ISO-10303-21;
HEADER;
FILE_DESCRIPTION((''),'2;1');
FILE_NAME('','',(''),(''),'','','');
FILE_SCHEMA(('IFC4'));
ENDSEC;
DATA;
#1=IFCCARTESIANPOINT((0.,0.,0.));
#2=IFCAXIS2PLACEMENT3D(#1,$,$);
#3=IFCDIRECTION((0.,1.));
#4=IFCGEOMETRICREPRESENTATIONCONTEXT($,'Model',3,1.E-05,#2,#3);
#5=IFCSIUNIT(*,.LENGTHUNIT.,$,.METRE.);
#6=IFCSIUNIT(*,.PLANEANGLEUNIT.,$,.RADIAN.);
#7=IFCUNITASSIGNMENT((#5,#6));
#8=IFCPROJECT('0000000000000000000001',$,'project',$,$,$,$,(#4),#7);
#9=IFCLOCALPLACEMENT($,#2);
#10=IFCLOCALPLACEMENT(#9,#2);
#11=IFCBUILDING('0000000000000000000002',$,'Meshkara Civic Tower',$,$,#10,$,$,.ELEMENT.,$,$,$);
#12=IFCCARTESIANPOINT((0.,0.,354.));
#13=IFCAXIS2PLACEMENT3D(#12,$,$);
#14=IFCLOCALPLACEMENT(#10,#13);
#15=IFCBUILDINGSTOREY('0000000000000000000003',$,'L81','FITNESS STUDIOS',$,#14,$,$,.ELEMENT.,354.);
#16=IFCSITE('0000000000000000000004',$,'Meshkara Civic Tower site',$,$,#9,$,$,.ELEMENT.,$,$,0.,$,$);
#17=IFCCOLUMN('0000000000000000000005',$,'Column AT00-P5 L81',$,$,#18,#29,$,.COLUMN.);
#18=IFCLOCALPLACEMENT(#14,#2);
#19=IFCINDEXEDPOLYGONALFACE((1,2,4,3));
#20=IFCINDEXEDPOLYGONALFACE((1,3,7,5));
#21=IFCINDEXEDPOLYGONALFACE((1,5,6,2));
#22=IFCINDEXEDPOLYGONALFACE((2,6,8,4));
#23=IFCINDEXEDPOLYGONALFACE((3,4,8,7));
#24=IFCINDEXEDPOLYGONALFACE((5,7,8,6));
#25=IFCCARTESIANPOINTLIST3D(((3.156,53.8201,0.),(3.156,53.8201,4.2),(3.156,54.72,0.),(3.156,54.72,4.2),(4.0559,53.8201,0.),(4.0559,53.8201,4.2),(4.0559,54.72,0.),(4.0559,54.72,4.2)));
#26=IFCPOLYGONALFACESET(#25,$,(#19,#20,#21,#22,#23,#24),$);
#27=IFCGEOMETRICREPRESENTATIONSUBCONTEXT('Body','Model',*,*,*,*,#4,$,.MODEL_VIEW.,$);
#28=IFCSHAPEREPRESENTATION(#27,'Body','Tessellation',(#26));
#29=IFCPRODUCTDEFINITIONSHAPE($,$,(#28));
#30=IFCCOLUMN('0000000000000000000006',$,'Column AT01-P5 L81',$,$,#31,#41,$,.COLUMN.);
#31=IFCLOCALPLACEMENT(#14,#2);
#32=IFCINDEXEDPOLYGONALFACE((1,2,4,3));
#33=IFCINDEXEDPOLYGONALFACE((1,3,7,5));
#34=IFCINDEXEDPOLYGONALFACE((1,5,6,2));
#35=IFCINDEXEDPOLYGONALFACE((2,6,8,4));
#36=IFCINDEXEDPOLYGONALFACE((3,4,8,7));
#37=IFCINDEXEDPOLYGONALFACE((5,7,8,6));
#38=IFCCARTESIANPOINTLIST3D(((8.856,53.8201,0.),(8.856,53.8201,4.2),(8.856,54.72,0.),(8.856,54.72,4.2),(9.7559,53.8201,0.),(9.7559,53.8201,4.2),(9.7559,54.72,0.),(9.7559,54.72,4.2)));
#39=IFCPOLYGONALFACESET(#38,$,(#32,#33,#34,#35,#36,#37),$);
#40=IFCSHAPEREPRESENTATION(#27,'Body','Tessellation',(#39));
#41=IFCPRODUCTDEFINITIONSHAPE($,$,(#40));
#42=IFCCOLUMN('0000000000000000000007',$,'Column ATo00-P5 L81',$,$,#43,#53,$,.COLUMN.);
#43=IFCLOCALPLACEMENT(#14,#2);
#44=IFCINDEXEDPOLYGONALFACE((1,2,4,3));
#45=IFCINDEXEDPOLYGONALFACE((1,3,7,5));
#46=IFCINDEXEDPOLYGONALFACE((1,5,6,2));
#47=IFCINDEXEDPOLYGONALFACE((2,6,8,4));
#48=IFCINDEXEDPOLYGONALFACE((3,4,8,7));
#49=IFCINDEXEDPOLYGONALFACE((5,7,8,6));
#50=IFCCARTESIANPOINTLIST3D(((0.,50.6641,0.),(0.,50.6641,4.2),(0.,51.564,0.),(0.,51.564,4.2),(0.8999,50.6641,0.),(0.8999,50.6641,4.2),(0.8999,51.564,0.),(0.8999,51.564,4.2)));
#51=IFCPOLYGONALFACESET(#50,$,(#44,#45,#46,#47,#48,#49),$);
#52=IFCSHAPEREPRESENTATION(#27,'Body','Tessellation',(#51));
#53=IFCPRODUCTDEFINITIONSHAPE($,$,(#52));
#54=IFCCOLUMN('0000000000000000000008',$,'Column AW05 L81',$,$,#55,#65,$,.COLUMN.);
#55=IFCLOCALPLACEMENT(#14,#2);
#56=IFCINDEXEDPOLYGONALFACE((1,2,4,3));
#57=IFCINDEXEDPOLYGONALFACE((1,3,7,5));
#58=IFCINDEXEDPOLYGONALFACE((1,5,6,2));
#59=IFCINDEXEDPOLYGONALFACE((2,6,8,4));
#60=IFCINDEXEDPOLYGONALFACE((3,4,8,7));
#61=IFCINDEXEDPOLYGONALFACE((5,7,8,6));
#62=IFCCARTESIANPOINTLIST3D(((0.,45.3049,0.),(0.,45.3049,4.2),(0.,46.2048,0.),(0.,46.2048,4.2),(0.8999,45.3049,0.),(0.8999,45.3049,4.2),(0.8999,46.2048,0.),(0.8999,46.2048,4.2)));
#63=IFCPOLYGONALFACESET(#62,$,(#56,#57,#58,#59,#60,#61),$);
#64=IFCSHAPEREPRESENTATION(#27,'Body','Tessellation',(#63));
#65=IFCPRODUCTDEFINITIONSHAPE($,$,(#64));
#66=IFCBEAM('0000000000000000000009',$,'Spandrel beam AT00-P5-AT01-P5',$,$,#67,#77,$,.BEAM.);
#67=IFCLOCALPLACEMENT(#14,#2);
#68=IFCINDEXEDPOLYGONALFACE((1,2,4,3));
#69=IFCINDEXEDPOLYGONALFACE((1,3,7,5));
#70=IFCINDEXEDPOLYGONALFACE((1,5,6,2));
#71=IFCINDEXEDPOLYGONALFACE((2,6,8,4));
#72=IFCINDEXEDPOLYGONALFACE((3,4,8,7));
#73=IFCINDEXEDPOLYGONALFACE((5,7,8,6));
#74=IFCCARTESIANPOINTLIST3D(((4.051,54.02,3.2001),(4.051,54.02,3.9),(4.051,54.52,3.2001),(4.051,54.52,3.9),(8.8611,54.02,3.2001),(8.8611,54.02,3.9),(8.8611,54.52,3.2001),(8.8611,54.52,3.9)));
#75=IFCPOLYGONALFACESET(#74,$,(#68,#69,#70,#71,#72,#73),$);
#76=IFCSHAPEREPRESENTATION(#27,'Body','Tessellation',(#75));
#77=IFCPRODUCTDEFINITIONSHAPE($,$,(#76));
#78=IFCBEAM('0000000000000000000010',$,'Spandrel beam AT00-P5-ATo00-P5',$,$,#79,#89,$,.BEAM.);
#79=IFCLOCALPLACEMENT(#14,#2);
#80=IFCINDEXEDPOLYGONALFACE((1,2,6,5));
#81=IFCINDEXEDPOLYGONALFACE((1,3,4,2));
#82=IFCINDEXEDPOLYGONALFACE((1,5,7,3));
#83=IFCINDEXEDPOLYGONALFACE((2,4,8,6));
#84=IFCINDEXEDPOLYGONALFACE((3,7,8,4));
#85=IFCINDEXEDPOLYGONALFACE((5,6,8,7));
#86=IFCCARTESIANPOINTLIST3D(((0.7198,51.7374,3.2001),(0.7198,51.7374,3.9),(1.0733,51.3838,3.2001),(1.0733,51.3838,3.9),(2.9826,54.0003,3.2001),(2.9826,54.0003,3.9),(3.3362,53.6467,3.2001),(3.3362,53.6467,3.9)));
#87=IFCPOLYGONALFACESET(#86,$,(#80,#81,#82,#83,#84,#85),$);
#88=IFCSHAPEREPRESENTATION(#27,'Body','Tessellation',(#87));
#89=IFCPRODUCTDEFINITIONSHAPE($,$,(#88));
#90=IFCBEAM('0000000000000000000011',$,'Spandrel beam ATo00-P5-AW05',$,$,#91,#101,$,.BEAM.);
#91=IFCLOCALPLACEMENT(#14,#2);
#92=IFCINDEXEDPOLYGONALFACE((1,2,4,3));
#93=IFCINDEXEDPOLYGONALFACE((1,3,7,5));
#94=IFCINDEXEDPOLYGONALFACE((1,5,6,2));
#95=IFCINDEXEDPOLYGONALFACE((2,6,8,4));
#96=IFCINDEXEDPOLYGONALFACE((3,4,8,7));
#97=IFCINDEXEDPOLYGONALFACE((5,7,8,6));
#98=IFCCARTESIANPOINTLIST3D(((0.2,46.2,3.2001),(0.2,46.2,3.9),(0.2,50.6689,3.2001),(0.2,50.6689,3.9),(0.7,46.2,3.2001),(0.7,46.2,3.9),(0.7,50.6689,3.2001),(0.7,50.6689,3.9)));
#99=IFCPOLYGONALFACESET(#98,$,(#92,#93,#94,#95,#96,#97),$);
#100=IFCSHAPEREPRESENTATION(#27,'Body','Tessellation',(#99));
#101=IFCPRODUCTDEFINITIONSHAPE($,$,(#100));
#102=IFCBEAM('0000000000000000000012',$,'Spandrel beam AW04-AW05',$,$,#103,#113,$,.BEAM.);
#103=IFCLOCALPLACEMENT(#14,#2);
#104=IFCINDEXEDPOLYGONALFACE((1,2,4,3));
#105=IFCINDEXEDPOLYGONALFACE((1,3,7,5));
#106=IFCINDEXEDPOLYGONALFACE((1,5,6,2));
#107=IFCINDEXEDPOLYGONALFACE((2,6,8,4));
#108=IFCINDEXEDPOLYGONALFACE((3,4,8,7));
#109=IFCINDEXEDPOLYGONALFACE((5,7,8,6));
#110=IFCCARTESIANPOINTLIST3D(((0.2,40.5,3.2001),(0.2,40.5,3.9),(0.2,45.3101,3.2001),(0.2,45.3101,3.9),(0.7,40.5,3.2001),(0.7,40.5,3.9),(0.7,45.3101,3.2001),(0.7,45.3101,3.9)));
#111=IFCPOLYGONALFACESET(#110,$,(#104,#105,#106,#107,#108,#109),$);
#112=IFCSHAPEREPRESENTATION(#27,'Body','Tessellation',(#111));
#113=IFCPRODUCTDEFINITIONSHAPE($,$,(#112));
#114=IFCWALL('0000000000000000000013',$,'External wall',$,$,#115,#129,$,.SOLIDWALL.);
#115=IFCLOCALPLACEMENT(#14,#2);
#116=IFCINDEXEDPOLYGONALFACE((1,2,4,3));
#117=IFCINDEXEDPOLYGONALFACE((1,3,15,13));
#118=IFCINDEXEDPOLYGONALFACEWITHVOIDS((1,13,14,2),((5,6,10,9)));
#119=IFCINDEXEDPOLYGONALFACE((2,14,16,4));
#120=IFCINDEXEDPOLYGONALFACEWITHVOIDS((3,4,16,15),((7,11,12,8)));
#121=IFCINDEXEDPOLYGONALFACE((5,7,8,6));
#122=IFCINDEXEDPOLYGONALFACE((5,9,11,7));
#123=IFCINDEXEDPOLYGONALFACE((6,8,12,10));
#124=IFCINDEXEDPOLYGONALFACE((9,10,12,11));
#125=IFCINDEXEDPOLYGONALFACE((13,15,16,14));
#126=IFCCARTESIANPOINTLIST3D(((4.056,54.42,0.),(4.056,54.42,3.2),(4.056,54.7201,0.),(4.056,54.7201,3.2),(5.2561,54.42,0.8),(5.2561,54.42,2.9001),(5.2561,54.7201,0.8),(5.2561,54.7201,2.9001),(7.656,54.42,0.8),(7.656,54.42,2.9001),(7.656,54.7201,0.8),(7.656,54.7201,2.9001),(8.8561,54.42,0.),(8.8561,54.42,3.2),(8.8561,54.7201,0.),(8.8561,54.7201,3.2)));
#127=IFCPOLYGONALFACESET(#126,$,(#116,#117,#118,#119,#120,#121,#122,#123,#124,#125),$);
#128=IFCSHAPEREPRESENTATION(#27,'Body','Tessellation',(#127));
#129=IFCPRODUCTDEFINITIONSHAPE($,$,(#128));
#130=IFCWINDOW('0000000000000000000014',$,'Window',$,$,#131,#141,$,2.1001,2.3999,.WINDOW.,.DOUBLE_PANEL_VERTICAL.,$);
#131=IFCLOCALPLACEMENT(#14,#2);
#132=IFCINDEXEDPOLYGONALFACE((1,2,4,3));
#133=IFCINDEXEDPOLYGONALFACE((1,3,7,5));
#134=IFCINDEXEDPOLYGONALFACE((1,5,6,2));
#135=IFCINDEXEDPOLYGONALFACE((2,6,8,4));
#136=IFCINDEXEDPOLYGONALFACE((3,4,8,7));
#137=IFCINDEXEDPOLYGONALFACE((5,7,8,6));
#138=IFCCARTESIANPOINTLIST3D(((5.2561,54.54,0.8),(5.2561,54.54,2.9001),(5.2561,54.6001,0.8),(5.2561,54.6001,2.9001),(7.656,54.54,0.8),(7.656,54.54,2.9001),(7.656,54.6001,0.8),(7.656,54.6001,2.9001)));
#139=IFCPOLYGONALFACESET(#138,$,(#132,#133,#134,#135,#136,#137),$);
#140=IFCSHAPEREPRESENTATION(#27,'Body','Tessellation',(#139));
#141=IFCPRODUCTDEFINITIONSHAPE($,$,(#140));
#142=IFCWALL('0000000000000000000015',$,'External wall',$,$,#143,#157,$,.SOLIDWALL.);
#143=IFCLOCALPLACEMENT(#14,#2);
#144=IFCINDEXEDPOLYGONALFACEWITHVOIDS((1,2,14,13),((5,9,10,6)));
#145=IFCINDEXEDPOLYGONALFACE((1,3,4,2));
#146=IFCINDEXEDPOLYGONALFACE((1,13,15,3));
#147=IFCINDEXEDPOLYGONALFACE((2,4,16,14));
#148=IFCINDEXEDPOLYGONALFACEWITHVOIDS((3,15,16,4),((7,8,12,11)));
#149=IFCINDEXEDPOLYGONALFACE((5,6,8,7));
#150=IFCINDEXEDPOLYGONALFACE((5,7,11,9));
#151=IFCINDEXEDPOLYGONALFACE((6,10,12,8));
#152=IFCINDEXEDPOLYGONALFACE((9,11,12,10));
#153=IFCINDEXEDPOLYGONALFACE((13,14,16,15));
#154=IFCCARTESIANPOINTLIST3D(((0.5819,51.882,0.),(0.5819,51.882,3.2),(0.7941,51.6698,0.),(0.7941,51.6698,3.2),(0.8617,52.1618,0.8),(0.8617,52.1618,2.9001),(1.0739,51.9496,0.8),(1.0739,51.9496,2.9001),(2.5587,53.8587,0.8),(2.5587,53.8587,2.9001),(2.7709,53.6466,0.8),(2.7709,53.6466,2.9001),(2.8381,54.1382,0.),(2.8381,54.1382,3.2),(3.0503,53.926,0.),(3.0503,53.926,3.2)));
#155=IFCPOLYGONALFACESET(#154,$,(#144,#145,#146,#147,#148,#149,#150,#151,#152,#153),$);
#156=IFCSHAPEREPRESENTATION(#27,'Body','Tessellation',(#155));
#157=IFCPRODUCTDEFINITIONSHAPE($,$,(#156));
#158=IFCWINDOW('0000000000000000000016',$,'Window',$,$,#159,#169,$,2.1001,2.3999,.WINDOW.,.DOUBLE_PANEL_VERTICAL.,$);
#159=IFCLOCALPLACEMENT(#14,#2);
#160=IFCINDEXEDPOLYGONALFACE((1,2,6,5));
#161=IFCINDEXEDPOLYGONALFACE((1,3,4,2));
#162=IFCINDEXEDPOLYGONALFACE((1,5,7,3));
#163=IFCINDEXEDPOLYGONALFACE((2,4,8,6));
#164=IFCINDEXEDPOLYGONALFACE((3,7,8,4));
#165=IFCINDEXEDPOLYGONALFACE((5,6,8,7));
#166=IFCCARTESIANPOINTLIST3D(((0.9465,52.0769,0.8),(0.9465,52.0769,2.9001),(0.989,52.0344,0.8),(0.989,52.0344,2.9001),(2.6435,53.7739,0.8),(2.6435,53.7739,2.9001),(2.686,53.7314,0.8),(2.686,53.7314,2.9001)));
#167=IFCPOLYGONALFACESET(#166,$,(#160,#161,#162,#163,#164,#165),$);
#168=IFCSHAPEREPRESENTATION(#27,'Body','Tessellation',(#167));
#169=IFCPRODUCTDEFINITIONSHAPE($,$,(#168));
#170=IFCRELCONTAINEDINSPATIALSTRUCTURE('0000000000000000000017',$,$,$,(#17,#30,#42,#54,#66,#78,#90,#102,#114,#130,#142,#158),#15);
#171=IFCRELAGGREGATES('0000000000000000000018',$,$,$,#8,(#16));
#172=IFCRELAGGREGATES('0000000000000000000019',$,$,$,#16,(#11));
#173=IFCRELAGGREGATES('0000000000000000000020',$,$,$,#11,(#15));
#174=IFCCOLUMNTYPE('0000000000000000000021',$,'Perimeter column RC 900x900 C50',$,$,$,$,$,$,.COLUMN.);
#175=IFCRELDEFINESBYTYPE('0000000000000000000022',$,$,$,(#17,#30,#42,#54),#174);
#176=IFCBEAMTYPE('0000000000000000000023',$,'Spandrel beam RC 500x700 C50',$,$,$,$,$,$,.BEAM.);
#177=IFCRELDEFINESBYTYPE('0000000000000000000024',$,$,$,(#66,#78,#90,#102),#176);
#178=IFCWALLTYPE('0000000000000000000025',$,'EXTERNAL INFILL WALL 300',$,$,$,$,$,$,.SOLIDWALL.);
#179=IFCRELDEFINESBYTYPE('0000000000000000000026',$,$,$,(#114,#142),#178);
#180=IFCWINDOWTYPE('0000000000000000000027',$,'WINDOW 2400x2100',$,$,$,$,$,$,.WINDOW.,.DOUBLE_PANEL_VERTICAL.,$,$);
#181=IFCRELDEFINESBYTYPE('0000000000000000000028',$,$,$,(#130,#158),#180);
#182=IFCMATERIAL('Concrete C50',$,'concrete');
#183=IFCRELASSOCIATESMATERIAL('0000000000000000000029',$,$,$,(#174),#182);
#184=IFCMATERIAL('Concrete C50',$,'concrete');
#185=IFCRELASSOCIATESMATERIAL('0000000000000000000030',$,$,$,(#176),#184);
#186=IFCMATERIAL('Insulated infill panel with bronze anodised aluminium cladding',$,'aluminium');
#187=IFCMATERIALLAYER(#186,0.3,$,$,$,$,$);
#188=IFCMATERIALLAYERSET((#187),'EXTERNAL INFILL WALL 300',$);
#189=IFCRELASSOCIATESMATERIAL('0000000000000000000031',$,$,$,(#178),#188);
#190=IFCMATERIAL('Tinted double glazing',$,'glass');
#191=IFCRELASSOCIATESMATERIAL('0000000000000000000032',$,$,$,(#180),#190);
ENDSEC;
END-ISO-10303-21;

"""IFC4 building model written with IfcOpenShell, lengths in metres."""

from ifc_helpers import new_model, si_unit, direction, frame, frame_2d, origin, origin_2d, place, context, subcontext, project, spatial, rectangle, extrude, material, layer, layer_set, material_profile, profile_set, type_object, element, fill, save


model = new_model("IFC4")

# Units and contexts
model_context = context("Model", 3, precision=1e-05, world=origin(), true_north=direction((0.0, 1.0)))
body_context = subcontext(model_context, "Body", "Model", "MODEL_VIEW")
ifc_project = project(units=[si_unit("LENGTHUNIT", "METRE"), si_unit("PLANEANGLEUNIT", "RADIAN")], contexts=[model_context])

# Site, building, storey
site_placement = place(None, origin())
site = spatial("IfcSite", under=ifc_project, at=site_placement, Name="Meshkara Civic Tower site", CompositionType="ELEMENT", RefElevation=0.0)
building_placement = place(site_placement, origin())
building = spatial("IfcBuilding", under=site, at=building_placement, Name="Meshkara Civic Tower", CompositionType="ELEMENT")
storey_placement = place(building_placement, frame((0.0, 0.0, 354.0)))
storey = spatial("IfcBuildingStorey", under=building, at=storey_placement, Name="L81", Description="FITNESS STUDIOS", CompositionType="ELEMENT", Elevation=354.0)

# Columns
ifc_material_1 = material(Name="Concrete C50", Category="concrete")
ifc_material_profile_1 = material_profile(ifc_material_1, rectangle(XDim=0.8999, YDim=0.8999, at=origin_2d()))
ifc_profile_set_1 = profile_set([ifc_material_profile_1], Name="Concrete C50")
column_type = type_object("IfcColumnType", Name="Perimeter column RC 900x900 C50", PredefinedType="COLUMN", material=ifc_profile_set_1)
for number, where, z_axis, x_axis, name in (
    (1, (3.606, 54.27, 0.0), (0.0, 0.0, 1.0), (1.0, 0.0, 0.0), "Column AT00-P5 L81"),
    (2, (9.3059, 54.27, 0.0), (0.0, 0.0, 1.0), (1.0, 0.0, 0.0), "Column AT01-P5 L81"),
    (3, (0.45, 51.114, 0.0), (0.0, 0.0, 1.0), (1.0, 0.0, 0.0), "Column ATo00-P5 L81"),
    (4, (0.45, 45.7549, 0.0), (0.0, 0.0, 1.0), (1.0, 0.0, 0.0), "Column AW05 L81"),
):
    element("IfcColumn", number, at=place(storey_placement, frame(where, z_axis=z_axis, x_axis=x_axis)), inside=storey, type_object=column_type, Name=name, PredefinedType="COLUMN", context=body_context, shape_type="SweptSolid", body=[
        extrude(rectangle(XDim=0.8999, YDim=0.8999, at=origin_2d()), origin(), (0.0, 0.0, 1.0), 4.2),
    ])

# Beams
ifc_material_2 = material(Name="Concrete C50", Category="concrete")
ifc_material_profile_2 = material_profile(ifc_material_2, rectangle(XDim=0.5, YDim=0.7, at=origin_2d()))
ifc_profile_set_2 = profile_set([ifc_material_profile_2], Name="Concrete C50")
beam_type = type_object("IfcBeamType", Name="Spandrel beam RC 500x700 C50", PredefinedType="BEAM", material=ifc_profile_set_2)
beam_1_placement = place(storey_placement, frame((8.8611, 54.27, 3.55), z_axis=(-1.0, 0.0, 0.0), x_axis=(0.0, -1.0, 0.0)))
element("IfcBeam", 5, at=beam_1_placement, inside=storey, type_object=beam_type, Name="Spandrel beam AT00-P5-AT01-P5", PredefinedType="BEAM", context=body_context, shape_type="SweptSolid", body=[
    extrude(rectangle(XDim=0.5, YDim=0.7, at=origin_2d()), origin(), (0.0, 0.0, 1.0), 4.8101),
])
beam_2_placement = place(storey_placement, frame((3.1594, 53.8235, 3.55), z_axis=(-0.707107, -0.707107, 0.0), x_axis=(0.707107, -0.707107, 0.0)))
element("IfcBeam", 6, at=beam_2_placement, inside=storey, type_object=beam_type, Name="Spandrel beam AT00-P5-ATo00-P5", PredefinedType="BEAM", context=body_context, shape_type="SweptSolid", body=[
    extrude(rectangle(XDim=0.5, YDim=0.7, at=origin_2d()), origin(), (0.0, 0.0, 1.0), 3.2002),
])
beam_3_placement = place(storey_placement, frame((0.45, 50.6689, 3.55), z_axis=(0.0, -1.0, 0.0), x_axis=(1.0, 0.0, 0.0)))
element("IfcBeam", 7, at=beam_3_placement, inside=storey, type_object=beam_type, Name="Spandrel beam ATo00-P5-AW05", PredefinedType="BEAM", context=body_context, shape_type="SweptSolid", body=[
    extrude(rectangle(XDim=0.5, YDim=0.7, at=origin_2d()), origin(), (0.0, 0.0, 1.0), 4.469),
])
beam_4_placement = place(storey_placement, frame((0.45, 45.3101, 3.55), z_axis=(0.0, -1.0, 0.0), x_axis=(1.0, 0.0, 0.0)))
element("IfcBeam", 8, at=beam_4_placement, inside=storey, type_object=beam_type, Name="Spandrel beam AW04-AW05", PredefinedType="BEAM", context=body_context, shape_type="SweptSolid", body=[
    extrude(rectangle(XDim=0.5, YDim=0.7, at=origin_2d()), origin(), (0.0, 0.0, 1.0), 4.8101),
])

# Walls, openings, windows
ifc_material_3 = material(Name="Insulated infill panel with bronze anodised aluminium cladding", Category="aluminium")
ifc_layer_1 = layer(ifc_material_3, 0.3)
ifc_layer_set_1 = layer_set([ifc_layer_1], Name="EXTERNAL INFILL WALL 300")
wall_type_1 = type_object("IfcWallType", Name="EXTERNAL INFILL WALL 300", PredefinedType="SOLIDWALL", material=ifc_layer_set_1)
wall_1_placement = place(storey_placement, frame((8.856, 54.5701, 0.0), z_axis=(0.0, 0.0, 1.0), x_axis=(-1.0, 0.0, 0.0)))
wall_1 = element("IfcWall", 9, at=wall_1_placement, inside=storey, type_object=wall_type_1, Name="External wall", PredefinedType="SOLIDWALL", context=body_context, shape_type="SweptSolid", body=[
    extrude(rectangle(XDim=4.8, YDim=0.3, at=frame_2d((2.3999, 0.0))), origin(), (0.0, 0.0, 1.0), 3.2),
])
opening_1_placement = place(wall_1_placement, frame((1.2, 0.0, 0.8)))
opening_1 = element("IfcOpeningElement", 10, at=opening_1_placement, cuts=wall_1, PredefinedType="OPENING", context=body_context, shape_type="SweptSolid", body=[
    extrude(rectangle(XDim=2.3999, YDim=2.1001, at=frame_2d((1.2, 1.05))), frame((0.0, 0.1599, 0.0), z_axis=(0.0, -1.0, 0.0), x_axis=(1.0, 0.0, 0.0)), (0.0, 0.0, 1.0), 0.3201),
])
ifc_material_4 = material(Name="Tinted double glazing", Category="glass")
window_type = type_object("IfcWindowType", Name="WINDOW 2400x2100", PartitioningType="DOUBLE_PANEL_VERTICAL", PredefinedType="WINDOW", material=ifc_material_4)
window_1_placement = place(opening_1_placement, origin())
window_1 = element("IfcWindow", 11, at=window_1_placement, inside=storey, type_object=window_type, Name="Window", OverallHeight=2.1001, OverallWidth=2.3999, PartitioningType="DOUBLE_PANEL_VERTICAL", PredefinedType="WINDOW", context=body_context, shape_type="SweptSolid", body=[
    extrude(rectangle(XDim=2.3999, YDim=2.1001, at=frame_2d((1.2, 1.05))), frame((0.0, 0.03, 0.0), z_axis=(0.0, -1.0, 0.0), x_axis=(1.0, 0.0, 0.0)), (0.0, 0.0, 1.0), 0.0601),
])
fill(opening_1, window_1)
wall_2_placement = place(storey_placement, frame((2.9441, 54.032, 0.0), z_axis=(0.0, 0.0, 1.0), x_axis=(-0.707107, -0.707107, 0.0)))
wall_2 = element("IfcWall", 12, at=wall_2_placement, inside=storey, type_object=wall_type_1, Name="External wall", PredefinedType="SOLIDWALL", context=body_context, shape_type="SweptSolid", body=[
    extrude(rectangle(XDim=3.1907, YDim=0.3, at=frame_2d((1.5952, 0.0))), origin(), (0.0, 0.0, 1.0), 3.2),
])
opening_2_placement = place(wall_2_placement, frame((0.395, 0.0, 0.8)))
opening_2 = element("IfcOpeningElement", 13, at=opening_2_placement, cuts=wall_2, PredefinedType="OPENING", context=body_context, shape_type="SweptSolid", body=[
    extrude(rectangle(XDim=2.3999, YDim=2.1001, at=frame_2d((1.2, 1.05))), frame((0.0, 0.1599, 0.0), z_axis=(0.0, -1.0, 0.0), x_axis=(1.0, 0.0, 0.0)), (0.0, 0.0, 1.0), 0.3201),
])
window_2_placement = place(opening_2_placement, origin())
window_2 = element("IfcWindow", 14, at=window_2_placement, inside=storey, type_object=window_type, Name="Window", OverallHeight=2.1001, OverallWidth=2.3999, PartitioningType="DOUBLE_PANEL_VERTICAL", PredefinedType="WINDOW", context=body_context, shape_type="SweptSolid", body=[
    extrude(rectangle(XDim=2.3999, YDim=2.1001, at=frame_2d((1.2, 1.05))), frame((0.0, 0.03, 0.0), z_axis=(0.0, -1.0, 0.0), x_axis=(1.0, 0.0, 0.0)), (0.0, 0.0, 1.0), 0.0601),
])
fill(opening_2, window_2)

save(model, "model.ifc")
